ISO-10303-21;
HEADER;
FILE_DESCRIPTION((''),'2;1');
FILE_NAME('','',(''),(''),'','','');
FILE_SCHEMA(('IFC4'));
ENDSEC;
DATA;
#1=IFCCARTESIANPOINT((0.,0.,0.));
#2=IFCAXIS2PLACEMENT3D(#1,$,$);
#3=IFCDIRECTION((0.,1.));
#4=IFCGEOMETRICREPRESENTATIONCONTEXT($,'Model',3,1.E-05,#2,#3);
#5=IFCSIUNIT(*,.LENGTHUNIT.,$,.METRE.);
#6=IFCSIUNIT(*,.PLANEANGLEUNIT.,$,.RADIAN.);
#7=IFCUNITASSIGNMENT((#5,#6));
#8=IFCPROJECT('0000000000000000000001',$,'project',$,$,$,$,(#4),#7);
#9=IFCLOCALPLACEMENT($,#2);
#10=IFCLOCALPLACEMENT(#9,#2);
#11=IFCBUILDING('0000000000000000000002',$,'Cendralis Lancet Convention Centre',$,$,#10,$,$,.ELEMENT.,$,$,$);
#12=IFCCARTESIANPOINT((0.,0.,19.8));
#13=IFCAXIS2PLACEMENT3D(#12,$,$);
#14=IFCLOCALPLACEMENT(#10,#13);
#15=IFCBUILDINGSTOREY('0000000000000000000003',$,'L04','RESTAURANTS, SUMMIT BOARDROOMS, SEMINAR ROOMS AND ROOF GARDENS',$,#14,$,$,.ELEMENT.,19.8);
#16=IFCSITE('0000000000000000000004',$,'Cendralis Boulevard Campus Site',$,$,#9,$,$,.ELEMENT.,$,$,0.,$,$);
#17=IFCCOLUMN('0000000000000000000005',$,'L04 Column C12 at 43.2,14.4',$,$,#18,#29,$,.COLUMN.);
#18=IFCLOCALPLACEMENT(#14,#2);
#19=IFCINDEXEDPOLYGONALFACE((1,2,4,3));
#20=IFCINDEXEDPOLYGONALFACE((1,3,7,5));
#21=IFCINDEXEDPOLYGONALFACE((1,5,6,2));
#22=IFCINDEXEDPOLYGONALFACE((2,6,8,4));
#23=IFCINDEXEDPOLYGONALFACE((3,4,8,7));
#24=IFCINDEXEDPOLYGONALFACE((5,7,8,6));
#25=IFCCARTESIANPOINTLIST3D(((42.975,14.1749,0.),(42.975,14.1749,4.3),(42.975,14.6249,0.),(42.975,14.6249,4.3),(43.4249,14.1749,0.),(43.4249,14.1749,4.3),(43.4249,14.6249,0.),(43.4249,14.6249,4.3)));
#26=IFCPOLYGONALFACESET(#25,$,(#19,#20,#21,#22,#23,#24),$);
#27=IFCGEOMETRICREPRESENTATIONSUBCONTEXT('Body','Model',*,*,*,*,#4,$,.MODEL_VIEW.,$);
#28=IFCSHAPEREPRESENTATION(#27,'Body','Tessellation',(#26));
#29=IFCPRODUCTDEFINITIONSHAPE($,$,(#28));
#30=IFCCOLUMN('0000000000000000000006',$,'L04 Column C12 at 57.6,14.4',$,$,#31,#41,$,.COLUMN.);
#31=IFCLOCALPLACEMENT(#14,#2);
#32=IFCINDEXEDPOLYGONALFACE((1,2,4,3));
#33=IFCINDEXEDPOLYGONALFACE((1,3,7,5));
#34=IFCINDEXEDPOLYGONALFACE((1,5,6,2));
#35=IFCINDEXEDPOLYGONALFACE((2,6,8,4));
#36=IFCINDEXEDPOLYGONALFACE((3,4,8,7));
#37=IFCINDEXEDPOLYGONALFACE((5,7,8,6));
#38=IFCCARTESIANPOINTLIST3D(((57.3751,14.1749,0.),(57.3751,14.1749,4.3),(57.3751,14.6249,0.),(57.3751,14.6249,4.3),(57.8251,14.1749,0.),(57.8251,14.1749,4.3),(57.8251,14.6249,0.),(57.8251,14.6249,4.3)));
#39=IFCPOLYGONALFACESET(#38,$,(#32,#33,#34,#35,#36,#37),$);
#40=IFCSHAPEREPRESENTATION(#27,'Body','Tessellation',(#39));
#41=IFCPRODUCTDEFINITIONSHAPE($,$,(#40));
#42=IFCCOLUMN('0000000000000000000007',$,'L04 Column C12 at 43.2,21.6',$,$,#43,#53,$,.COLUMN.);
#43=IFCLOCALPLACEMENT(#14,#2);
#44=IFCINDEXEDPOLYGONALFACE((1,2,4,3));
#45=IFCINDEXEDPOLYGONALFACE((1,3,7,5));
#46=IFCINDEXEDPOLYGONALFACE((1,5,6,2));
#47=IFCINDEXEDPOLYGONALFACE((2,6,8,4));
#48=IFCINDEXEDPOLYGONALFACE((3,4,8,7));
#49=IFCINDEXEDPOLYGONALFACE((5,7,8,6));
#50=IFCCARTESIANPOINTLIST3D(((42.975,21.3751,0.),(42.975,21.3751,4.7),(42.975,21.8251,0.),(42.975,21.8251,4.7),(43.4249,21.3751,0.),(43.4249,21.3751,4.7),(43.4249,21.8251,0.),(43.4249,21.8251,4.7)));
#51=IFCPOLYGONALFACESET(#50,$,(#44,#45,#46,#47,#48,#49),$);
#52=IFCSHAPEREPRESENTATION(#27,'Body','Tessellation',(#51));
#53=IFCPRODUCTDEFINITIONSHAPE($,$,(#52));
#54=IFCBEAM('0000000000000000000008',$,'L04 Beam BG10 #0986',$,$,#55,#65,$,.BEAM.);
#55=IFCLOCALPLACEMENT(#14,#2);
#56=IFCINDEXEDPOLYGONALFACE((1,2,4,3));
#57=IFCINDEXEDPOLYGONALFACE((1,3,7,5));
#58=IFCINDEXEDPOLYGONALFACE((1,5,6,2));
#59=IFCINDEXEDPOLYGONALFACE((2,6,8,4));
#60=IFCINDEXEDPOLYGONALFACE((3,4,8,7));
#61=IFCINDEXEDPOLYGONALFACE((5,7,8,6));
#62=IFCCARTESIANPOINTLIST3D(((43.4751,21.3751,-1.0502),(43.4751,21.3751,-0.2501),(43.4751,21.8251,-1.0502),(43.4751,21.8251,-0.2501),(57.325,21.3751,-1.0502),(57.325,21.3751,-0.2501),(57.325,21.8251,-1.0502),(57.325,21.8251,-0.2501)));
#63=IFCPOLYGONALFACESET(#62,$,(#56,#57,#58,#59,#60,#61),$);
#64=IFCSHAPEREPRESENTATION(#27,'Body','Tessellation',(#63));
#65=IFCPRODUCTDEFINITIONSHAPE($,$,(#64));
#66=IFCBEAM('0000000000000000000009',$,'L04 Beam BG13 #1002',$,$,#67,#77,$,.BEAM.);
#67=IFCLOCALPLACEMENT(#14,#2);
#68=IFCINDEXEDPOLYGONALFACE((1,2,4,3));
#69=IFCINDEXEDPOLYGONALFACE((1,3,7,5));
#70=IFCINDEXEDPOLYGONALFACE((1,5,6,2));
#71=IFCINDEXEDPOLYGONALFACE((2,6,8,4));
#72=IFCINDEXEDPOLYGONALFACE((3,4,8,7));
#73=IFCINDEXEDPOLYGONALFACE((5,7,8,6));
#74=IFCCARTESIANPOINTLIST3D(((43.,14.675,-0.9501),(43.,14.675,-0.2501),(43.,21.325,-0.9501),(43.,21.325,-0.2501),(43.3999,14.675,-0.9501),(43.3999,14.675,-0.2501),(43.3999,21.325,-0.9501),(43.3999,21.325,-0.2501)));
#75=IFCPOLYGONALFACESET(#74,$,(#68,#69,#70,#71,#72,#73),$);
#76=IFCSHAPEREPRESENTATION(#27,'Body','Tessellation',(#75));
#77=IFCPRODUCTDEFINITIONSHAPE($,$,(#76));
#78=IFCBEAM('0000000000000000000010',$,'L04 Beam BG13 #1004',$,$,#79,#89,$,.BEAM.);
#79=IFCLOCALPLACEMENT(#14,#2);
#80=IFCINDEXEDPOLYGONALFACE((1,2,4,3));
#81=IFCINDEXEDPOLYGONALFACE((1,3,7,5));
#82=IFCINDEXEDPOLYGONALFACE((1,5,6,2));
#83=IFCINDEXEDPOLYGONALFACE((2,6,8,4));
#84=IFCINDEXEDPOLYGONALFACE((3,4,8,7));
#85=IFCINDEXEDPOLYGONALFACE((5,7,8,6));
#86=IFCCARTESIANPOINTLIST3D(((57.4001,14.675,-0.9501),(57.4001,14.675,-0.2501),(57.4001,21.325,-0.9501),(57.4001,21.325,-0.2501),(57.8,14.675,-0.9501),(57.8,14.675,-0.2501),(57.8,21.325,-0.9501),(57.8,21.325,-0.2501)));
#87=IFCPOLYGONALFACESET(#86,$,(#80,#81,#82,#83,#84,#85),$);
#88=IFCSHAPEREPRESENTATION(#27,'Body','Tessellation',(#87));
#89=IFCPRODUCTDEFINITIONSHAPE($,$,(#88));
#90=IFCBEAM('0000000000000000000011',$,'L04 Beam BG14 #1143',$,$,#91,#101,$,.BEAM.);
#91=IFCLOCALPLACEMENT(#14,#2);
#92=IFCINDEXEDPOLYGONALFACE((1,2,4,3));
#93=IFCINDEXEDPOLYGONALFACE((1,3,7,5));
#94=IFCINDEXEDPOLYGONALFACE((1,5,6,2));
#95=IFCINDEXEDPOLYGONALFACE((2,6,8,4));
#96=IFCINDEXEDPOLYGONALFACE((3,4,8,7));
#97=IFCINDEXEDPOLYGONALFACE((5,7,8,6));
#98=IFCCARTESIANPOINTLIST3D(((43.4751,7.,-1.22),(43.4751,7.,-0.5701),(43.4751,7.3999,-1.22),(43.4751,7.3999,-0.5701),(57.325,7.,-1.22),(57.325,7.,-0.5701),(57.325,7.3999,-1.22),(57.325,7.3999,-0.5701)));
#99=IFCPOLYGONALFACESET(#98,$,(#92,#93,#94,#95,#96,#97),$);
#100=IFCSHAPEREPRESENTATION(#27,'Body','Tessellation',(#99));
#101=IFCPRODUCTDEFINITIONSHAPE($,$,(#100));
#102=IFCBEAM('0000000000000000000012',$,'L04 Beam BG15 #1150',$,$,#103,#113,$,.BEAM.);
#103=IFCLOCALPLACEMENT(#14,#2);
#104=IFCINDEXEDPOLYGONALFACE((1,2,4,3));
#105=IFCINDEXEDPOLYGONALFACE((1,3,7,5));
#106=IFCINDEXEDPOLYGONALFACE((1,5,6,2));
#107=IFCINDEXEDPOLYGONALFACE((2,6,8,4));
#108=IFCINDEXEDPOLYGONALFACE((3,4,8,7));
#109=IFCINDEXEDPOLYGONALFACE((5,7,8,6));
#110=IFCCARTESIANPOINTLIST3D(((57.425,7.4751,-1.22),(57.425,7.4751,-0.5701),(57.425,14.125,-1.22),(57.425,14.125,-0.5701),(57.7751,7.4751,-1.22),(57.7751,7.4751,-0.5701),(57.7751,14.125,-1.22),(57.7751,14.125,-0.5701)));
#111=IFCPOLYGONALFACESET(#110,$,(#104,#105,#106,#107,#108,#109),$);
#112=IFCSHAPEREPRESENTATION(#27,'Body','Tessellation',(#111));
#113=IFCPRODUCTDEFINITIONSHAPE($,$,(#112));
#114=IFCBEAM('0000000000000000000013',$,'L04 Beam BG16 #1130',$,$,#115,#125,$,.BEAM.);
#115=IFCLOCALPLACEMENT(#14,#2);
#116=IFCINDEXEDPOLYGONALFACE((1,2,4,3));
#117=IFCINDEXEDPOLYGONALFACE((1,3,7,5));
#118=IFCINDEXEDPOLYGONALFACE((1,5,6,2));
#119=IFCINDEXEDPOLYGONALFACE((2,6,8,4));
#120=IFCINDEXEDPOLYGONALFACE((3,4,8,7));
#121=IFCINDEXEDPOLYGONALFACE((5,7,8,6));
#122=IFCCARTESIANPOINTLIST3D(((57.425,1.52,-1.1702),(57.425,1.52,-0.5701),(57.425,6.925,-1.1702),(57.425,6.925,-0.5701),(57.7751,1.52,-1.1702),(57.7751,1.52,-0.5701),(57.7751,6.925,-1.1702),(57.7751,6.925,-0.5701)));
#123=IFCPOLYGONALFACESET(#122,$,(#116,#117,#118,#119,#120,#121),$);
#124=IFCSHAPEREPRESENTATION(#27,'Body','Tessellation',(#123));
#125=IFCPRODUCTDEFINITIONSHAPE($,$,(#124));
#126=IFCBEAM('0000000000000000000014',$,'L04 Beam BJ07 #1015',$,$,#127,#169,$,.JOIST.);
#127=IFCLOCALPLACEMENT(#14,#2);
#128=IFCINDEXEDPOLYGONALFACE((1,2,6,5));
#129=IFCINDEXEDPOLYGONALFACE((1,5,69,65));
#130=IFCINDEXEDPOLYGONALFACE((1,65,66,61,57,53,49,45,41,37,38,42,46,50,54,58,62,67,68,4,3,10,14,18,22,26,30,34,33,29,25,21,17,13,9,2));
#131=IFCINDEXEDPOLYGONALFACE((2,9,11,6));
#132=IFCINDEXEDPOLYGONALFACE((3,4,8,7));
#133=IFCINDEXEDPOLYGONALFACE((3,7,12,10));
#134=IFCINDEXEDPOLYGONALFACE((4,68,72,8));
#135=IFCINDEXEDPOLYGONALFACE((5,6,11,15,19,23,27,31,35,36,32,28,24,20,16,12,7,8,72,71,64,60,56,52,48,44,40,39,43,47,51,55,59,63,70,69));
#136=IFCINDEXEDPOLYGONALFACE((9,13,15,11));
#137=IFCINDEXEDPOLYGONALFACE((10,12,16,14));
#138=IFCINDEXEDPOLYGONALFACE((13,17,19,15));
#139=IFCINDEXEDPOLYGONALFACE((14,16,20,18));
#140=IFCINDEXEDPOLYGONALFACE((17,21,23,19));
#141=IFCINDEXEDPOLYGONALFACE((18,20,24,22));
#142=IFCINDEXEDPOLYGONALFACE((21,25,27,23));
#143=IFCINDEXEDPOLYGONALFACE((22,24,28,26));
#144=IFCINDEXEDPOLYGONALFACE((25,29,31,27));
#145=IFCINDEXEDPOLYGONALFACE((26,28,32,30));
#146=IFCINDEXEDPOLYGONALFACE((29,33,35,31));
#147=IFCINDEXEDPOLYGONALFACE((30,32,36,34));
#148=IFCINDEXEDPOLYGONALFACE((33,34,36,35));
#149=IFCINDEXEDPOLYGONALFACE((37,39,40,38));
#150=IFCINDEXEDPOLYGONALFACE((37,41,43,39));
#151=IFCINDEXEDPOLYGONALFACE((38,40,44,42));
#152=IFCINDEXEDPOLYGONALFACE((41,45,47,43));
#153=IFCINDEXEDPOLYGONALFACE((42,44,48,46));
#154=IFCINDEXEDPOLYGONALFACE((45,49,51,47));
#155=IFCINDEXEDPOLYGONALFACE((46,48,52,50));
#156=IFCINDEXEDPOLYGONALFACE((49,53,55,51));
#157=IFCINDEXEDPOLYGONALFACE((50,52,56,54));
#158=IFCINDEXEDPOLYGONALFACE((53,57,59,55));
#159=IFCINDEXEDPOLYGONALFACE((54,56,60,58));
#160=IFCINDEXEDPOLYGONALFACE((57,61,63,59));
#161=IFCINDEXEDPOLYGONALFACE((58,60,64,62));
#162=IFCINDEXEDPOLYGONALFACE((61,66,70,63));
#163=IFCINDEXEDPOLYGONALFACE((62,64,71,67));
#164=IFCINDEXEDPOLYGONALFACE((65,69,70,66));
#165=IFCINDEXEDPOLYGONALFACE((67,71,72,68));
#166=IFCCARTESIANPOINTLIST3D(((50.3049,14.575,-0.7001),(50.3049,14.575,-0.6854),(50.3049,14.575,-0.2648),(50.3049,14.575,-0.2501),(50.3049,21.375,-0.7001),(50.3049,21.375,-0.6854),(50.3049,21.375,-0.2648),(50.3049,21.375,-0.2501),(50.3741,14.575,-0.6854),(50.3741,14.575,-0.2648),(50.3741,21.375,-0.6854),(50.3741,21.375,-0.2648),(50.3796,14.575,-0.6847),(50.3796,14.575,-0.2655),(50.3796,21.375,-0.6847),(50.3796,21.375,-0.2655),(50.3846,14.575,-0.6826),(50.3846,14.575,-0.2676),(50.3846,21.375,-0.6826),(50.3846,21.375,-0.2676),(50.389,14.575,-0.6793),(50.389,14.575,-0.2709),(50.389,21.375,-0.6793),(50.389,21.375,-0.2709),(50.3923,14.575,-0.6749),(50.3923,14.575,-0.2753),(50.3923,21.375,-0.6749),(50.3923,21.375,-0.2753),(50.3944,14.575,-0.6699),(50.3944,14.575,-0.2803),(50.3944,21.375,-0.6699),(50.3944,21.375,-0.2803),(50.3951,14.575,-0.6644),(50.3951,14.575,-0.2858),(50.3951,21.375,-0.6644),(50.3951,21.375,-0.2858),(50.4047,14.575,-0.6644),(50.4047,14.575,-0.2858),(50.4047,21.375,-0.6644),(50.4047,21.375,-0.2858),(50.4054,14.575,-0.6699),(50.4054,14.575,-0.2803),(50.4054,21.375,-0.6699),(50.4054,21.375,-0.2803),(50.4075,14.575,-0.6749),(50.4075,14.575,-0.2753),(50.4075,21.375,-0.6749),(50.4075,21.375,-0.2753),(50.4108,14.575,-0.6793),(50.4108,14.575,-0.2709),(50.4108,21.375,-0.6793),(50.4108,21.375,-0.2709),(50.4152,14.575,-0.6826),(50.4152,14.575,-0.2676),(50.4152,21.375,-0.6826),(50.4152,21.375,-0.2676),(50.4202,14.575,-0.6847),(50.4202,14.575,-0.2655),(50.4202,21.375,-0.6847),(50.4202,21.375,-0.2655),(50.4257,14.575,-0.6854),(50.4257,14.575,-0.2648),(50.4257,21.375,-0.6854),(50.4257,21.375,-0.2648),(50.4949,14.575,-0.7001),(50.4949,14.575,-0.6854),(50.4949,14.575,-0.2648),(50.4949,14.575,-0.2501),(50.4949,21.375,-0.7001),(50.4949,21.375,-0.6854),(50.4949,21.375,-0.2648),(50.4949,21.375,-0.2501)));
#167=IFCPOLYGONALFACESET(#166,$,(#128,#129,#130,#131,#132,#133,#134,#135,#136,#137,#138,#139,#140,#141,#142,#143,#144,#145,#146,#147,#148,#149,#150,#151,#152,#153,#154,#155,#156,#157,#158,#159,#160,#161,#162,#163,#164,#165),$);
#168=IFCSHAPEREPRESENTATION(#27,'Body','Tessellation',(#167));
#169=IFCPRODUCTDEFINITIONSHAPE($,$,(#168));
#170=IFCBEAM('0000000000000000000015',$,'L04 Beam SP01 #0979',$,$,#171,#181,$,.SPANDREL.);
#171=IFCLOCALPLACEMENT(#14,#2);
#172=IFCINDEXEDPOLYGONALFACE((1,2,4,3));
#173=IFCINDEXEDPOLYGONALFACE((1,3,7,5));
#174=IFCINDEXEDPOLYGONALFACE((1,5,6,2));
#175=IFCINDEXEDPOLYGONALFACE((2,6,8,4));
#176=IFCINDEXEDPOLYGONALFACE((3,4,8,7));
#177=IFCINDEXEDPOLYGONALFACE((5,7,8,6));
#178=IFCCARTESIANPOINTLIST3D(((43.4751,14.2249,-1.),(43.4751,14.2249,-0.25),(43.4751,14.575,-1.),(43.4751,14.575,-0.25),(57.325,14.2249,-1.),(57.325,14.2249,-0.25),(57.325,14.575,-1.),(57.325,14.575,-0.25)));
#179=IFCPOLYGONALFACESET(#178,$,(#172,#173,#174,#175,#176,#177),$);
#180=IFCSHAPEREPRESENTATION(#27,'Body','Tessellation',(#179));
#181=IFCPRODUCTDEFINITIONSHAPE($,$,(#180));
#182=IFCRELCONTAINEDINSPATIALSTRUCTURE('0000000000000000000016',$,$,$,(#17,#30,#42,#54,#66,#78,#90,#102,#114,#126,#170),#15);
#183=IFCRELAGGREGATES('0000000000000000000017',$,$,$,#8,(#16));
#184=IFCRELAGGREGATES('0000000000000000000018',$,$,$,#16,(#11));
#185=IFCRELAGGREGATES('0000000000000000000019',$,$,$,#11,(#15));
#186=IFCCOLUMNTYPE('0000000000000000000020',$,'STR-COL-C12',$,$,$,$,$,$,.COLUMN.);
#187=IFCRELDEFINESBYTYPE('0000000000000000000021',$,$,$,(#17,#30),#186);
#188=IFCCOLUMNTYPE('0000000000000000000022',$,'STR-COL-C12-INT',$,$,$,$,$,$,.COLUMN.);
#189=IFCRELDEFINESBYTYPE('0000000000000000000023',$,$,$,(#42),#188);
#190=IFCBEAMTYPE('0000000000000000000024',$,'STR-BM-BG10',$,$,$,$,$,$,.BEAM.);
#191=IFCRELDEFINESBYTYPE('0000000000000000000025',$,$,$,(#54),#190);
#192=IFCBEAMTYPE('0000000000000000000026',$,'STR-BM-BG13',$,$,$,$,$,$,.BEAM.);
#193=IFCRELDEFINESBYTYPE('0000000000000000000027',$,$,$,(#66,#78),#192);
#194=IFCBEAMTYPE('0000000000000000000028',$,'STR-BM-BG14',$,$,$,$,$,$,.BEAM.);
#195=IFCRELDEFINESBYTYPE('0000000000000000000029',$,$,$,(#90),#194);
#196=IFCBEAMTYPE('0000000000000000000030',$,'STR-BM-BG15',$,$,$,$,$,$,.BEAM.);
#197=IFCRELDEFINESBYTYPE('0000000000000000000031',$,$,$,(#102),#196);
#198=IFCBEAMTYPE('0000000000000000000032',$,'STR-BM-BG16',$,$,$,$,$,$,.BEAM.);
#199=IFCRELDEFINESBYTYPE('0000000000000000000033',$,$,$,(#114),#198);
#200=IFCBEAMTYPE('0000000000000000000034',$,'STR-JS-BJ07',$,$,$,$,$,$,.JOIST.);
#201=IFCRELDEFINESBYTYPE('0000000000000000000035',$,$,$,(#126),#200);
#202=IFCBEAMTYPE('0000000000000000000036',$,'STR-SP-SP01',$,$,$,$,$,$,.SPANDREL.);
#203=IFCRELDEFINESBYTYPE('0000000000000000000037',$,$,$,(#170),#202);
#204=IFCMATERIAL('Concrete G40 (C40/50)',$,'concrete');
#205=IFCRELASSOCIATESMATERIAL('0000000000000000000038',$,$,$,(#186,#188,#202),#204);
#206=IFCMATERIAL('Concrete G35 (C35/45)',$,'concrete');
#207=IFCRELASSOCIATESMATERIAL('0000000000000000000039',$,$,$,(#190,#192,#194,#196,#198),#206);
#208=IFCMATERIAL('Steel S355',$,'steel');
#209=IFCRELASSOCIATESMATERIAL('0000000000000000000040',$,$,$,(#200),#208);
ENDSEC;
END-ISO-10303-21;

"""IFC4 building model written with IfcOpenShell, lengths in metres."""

from ifc_helpers import new_model, si_unit, direction, frame, origin, origin_2d, place, context, subcontext, project, spatial, rectangle, i_section, extrude, material, material_profile, profile_set, type_object, element, save


model = new_model("IFC4")

# Units and contexts
model_context = context("Model", 3, precision=1e-05, world=origin(), true_north=direction((0.0, 1.0)))
body_context = subcontext(model_context, "Body", "Model", "MODEL_VIEW")
ifc_project = project(units=[si_unit("LENGTHUNIT", "METRE"), si_unit("PLANEANGLEUNIT", "RADIAN")], contexts=[model_context])

# Site, building, storey
site_placement = place(None, origin())
site = spatial("IfcSite", under=ifc_project, at=site_placement, Name="Cendralis Boulevard Campus Site", CompositionType="ELEMENT", RefElevation=0.0)
building_placement = place(site_placement, origin())
building = spatial("IfcBuilding", under=site, at=building_placement, Name="Cendralis Lancet Convention Centre", CompositionType="ELEMENT")
storey_placement = place(building_placement, frame((0.0, 0.0, 19.8)))
storey = spatial("IfcBuildingStorey", under=building, at=storey_placement, Name="L04", Description="RESTAURANTS, SUMMIT BOARDROOMS, SEMINAR ROOMS AND ROOF GARDENS", CompositionType="ELEMENT", Elevation=19.8)

# Columns
ifc_material_1 = material(Name="Concrete G40 (C40/50)", Category="concrete")
ifc_material_profile_1 = material_profile(ifc_material_1, rectangle(XDim=0.45, YDim=0.45, at=origin_2d()), Name="RC 450x450")
ifc_profile_set_1 = profile_set([ifc_material_profile_1], Name="Concrete G40 (C40/50)")
column_type_1 = type_object("IfcColumnType", Name="STR-COL-C12", PredefinedType="COLUMN", material=ifc_profile_set_1)
for number, where, z_axis, x_axis, name in (
    (1, (43.2, 14.3999, 0.0), (0.0, 0.0, 1.0), (1.0, 0.0, 0.0), "L04 Column C12 at 43.2,14.4"),
    (2, (57.6001, 14.3999, 0.0), (0.0, 0.0, 1.0), (1.0, 0.0, 0.0), "L04 Column C12 at 57.6,14.4"),
):
    element("IfcColumn", number, at=place(storey_placement, frame(where, z_axis=z_axis, x_axis=x_axis)), inside=storey, type_object=column_type_1, Name=name, PredefinedType="COLUMN", context=body_context, shape_type="SweptSolid", body=[
        extrude(rectangle(XDim=0.45, YDim=0.45, at=origin_2d()), origin(), (0.0, 0.0, 1.0), 4.3),
    ])
ifc_material_profile_2 = material_profile(ifc_material_1, rectangle(XDim=0.45, YDim=0.45, at=origin_2d()), Name="RC 450x450")
ifc_profile_set_2 = profile_set([ifc_material_profile_2], Name="Concrete G40 (C40/50)")
column_type_2 = type_object("IfcColumnType", Name="STR-COL-C12-INT", PredefinedType="COLUMN", material=ifc_profile_set_2)
column_placement = place(storey_placement, frame((43.2, 21.6001, 0.0), z_axis=(0.0, 0.0, 1.0), x_axis=(1.0, 0.0, 0.0)))
element("IfcColumn", 3, at=column_placement, inside=storey, type_object=column_type_2, Name="L04 Column C12 at 43.2,21.6", PredefinedType="COLUMN", context=body_context, shape_type="SweptSolid", body=[
    extrude(rectangle(XDim=0.45, YDim=0.45, at=origin_2d()), origin(), (0.0, 0.0, 1.0), 4.7),
])

# Beams
ifc_material_2 = material(Name="Concrete G35 (C35/45)", Category="concrete")
ifc_material_profile_3 = material_profile(ifc_material_2, rectangle(XDim=0.45, YDim=0.8, at=origin_2d()), Name="RCB 450x800")
ifc_profile_set_3 = profile_set([ifc_material_profile_3], Name="Concrete G35 (C35/45)")
beam_type_1 = type_object("IfcBeamType", Name="STR-BM-BG10", PredefinedType="BEAM", material=ifc_profile_set_3)
beam_1_placement = place(storey_placement, frame((43.4751, 21.6001, -0.6501), z_axis=(1.0, 0.0, 0.0), x_axis=(0.0, 1.0, 0.0)))
element("IfcBeam", 4, at=beam_1_placement, inside=storey, type_object=beam_type_1, Name="L04 Beam BG10 #0986", PredefinedType="BEAM", context=body_context, shape_type="SweptSolid", body=[
    extrude(rectangle(XDim=0.45, YDim=0.8, at=origin_2d()), origin(), (0.0, 0.0, 1.0), 13.8499),
])
ifc_material_profile_4 = material_profile(ifc_material_2, rectangle(XDim=0.3999, YDim=0.7, at=origin_2d()), Name="RCB 400x700")
ifc_profile_set_4 = profile_set([ifc_material_profile_4], Name="Concrete G35 (C35/45)")
beam_type_2 = type_object("IfcBeamType", Name="STR-BM-BG13", PredefinedType="BEAM", material=ifc_profile_set_4)
for number, where, z_axis, x_axis, name in (
    (5, (43.2, 14.675, -0.6001), (0.0, 1.0, 0.0), (-1.0, 0.0, 0.0), "L04 Beam BG13 #1002"),
    (6, (57.6001, 14.675, -0.6001), (0.0, 1.0, 0.0), (-1.0, 0.0, 0.0), "L04 Beam BG13 #1004"),
):
    element("IfcBeam", number, at=place(storey_placement, frame(where, z_axis=z_axis, x_axis=x_axis)), inside=storey, type_object=beam_type_2, Name=name, PredefinedType="BEAM", context=body_context, shape_type="SweptSolid", body=[
        extrude(rectangle(XDim=0.3999, YDim=0.7, at=origin_2d()), origin(), (0.0, 0.0, 1.0), 6.6499),
    ])
ifc_material_profile_5 = material_profile(ifc_material_2, rectangle(XDim=0.3999, YDim=0.6499, at=origin_2d()), Name="RCB 400x650")
ifc_profile_set_5 = profile_set([ifc_material_profile_5], Name="Concrete G35 (C35/45)")
beam_type_3 = type_object("IfcBeamType", Name="STR-BM-BG14", PredefinedType="BEAM", material=ifc_profile_set_5)
beam_2_placement = place(storey_placement, frame((43.4751, 7.2, -0.895), z_axis=(1.0, 0.0, 0.0), x_axis=(0.0, 1.0, 0.0)))
element("IfcBeam", 7, at=beam_2_placement, inside=storey, type_object=beam_type_3, Name="L04 Beam BG14 #1143", PredefinedType="BEAM", context=body_context, shape_type="SweptSolid", body=[
    extrude(rectangle(XDim=0.3999, YDim=0.6499, at=origin_2d()), origin(), (0.0, 0.0, 1.0), 13.8499),
])
ifc_material_profile_6 = material_profile(ifc_material_2, rectangle(XDim=0.3501, YDim=0.6499, at=origin_2d()), Name="RCB 350x650")
ifc_profile_set_6 = profile_set([ifc_material_profile_6], Name="Concrete G35 (C35/45)")
beam_type_4 = type_object("IfcBeamType", Name="STR-BM-BG15", PredefinedType="BEAM", material=ifc_profile_set_6)
beam_3_placement = place(storey_placement, frame((57.6001, 7.4751, -0.895), z_axis=(0.0, 1.0, 0.0), x_axis=(-1.0, 0.0, 0.0)))
element("IfcBeam", 8, at=beam_3_placement, inside=storey, type_object=beam_type_4, Name="L04 Beam BG15 #1150", PredefinedType="BEAM", context=body_context, shape_type="SweptSolid", body=[
    extrude(rectangle(XDim=0.3501, YDim=0.6499, at=origin_2d()), origin(), (0.0, 0.0, 1.0), 6.6499),
])
ifc_material_profile_7 = material_profile(ifc_material_2, rectangle(XDim=0.3501, YDim=0.6001, at=origin_2d()), Name="RCB 350x600")
ifc_profile_set_7 = profile_set([ifc_material_profile_7], Name="Concrete G35 (C35/45)")
beam_type_5 = type_object("IfcBeamType", Name="STR-BM-BG16", PredefinedType="BEAM", material=ifc_profile_set_7)
beam_4_placement = place(storey_placement, frame((57.6001, 1.52, -0.8701), z_axis=(0.0, 1.0, 0.0), x_axis=(-1.0, 0.0, 0.0)))
element("IfcBeam", 9, at=beam_4_placement, inside=storey, type_object=beam_type_5, Name="L04 Beam BG16 #1130", PredefinedType="BEAM", context=body_context, shape_type="SweptSolid", body=[
    extrude(rectangle(XDim=0.3501, YDim=0.6001, at=origin_2d()), origin(), (0.0, 0.0, 1.0), 5.405),
])
ifc_material_3 = material(Name="Steel S355", Category="steel")
ifc_material_profile_8 = material_profile(ifc_material_3, i_section(OverallWidth=0.1899, OverallDepth=0.45, WebThickness=0.0095, FlangeThickness=0.0146, FilletRadius=0.021, at=origin_2d()), Name="IPE 450")
ifc_profile_set_8 = profile_set([ifc_material_profile_8], Name="Steel S355")
beam_type_6 = type_object("IfcBeamType", Name="STR-JS-BJ07", PredefinedType="JOIST", material=ifc_profile_set_8)
beam_5_placement = place(storey_placement, frame((50.3999, 14.575, -0.4751), z_axis=(0.0, 1.0, 0.0), x_axis=(-1.0, 0.0, 0.0)))
element("IfcBeam", 10, at=beam_5_placement, inside=storey, type_object=beam_type_6, Name="L04 Beam BJ07 #1015", PredefinedType="JOIST", context=body_context, shape_type="SweptSolid", body=[
    extrude(i_section(OverallWidth=0.1899, OverallDepth=0.45, WebThickness=0.0095, FlangeThickness=0.0146, FilletRadius=0.021, at=origin_2d()), origin(), (0.0, 0.0, 1.0), 6.8),
])
ifc_material_profile_9 = material_profile(ifc_material_1, rectangle(XDim=0.3501, YDim=0.75, at=origin_2d()), Name="RCB 350x750")
ifc_profile_set_9 = profile_set([ifc_material_profile_9], Name="Concrete G40 (C40/50)")
beam_type_7 = type_object("IfcBeamType", Name="STR-SP-SP01", PredefinedType="SPANDREL", material=ifc_profile_set_9)
beam_6_placement = place(storey_placement, frame((43.4751, 14.3999, -0.625), z_axis=(1.0, 0.0, 0.0), x_axis=(0.0, 1.0, 0.0)))
element("IfcBeam", 11, at=beam_6_placement, inside=storey, type_object=beam_type_7, Name="L04 Beam SP01 #0979", PredefinedType="SPANDREL", context=body_context, shape_type="SweptSolid", body=[
    extrude(rectangle(XDim=0.3501, YDim=0.75, at=origin_2d()), origin(), (0.0, 0.0, 1.0), 13.8499),
])

save(model, "model.ifc")
